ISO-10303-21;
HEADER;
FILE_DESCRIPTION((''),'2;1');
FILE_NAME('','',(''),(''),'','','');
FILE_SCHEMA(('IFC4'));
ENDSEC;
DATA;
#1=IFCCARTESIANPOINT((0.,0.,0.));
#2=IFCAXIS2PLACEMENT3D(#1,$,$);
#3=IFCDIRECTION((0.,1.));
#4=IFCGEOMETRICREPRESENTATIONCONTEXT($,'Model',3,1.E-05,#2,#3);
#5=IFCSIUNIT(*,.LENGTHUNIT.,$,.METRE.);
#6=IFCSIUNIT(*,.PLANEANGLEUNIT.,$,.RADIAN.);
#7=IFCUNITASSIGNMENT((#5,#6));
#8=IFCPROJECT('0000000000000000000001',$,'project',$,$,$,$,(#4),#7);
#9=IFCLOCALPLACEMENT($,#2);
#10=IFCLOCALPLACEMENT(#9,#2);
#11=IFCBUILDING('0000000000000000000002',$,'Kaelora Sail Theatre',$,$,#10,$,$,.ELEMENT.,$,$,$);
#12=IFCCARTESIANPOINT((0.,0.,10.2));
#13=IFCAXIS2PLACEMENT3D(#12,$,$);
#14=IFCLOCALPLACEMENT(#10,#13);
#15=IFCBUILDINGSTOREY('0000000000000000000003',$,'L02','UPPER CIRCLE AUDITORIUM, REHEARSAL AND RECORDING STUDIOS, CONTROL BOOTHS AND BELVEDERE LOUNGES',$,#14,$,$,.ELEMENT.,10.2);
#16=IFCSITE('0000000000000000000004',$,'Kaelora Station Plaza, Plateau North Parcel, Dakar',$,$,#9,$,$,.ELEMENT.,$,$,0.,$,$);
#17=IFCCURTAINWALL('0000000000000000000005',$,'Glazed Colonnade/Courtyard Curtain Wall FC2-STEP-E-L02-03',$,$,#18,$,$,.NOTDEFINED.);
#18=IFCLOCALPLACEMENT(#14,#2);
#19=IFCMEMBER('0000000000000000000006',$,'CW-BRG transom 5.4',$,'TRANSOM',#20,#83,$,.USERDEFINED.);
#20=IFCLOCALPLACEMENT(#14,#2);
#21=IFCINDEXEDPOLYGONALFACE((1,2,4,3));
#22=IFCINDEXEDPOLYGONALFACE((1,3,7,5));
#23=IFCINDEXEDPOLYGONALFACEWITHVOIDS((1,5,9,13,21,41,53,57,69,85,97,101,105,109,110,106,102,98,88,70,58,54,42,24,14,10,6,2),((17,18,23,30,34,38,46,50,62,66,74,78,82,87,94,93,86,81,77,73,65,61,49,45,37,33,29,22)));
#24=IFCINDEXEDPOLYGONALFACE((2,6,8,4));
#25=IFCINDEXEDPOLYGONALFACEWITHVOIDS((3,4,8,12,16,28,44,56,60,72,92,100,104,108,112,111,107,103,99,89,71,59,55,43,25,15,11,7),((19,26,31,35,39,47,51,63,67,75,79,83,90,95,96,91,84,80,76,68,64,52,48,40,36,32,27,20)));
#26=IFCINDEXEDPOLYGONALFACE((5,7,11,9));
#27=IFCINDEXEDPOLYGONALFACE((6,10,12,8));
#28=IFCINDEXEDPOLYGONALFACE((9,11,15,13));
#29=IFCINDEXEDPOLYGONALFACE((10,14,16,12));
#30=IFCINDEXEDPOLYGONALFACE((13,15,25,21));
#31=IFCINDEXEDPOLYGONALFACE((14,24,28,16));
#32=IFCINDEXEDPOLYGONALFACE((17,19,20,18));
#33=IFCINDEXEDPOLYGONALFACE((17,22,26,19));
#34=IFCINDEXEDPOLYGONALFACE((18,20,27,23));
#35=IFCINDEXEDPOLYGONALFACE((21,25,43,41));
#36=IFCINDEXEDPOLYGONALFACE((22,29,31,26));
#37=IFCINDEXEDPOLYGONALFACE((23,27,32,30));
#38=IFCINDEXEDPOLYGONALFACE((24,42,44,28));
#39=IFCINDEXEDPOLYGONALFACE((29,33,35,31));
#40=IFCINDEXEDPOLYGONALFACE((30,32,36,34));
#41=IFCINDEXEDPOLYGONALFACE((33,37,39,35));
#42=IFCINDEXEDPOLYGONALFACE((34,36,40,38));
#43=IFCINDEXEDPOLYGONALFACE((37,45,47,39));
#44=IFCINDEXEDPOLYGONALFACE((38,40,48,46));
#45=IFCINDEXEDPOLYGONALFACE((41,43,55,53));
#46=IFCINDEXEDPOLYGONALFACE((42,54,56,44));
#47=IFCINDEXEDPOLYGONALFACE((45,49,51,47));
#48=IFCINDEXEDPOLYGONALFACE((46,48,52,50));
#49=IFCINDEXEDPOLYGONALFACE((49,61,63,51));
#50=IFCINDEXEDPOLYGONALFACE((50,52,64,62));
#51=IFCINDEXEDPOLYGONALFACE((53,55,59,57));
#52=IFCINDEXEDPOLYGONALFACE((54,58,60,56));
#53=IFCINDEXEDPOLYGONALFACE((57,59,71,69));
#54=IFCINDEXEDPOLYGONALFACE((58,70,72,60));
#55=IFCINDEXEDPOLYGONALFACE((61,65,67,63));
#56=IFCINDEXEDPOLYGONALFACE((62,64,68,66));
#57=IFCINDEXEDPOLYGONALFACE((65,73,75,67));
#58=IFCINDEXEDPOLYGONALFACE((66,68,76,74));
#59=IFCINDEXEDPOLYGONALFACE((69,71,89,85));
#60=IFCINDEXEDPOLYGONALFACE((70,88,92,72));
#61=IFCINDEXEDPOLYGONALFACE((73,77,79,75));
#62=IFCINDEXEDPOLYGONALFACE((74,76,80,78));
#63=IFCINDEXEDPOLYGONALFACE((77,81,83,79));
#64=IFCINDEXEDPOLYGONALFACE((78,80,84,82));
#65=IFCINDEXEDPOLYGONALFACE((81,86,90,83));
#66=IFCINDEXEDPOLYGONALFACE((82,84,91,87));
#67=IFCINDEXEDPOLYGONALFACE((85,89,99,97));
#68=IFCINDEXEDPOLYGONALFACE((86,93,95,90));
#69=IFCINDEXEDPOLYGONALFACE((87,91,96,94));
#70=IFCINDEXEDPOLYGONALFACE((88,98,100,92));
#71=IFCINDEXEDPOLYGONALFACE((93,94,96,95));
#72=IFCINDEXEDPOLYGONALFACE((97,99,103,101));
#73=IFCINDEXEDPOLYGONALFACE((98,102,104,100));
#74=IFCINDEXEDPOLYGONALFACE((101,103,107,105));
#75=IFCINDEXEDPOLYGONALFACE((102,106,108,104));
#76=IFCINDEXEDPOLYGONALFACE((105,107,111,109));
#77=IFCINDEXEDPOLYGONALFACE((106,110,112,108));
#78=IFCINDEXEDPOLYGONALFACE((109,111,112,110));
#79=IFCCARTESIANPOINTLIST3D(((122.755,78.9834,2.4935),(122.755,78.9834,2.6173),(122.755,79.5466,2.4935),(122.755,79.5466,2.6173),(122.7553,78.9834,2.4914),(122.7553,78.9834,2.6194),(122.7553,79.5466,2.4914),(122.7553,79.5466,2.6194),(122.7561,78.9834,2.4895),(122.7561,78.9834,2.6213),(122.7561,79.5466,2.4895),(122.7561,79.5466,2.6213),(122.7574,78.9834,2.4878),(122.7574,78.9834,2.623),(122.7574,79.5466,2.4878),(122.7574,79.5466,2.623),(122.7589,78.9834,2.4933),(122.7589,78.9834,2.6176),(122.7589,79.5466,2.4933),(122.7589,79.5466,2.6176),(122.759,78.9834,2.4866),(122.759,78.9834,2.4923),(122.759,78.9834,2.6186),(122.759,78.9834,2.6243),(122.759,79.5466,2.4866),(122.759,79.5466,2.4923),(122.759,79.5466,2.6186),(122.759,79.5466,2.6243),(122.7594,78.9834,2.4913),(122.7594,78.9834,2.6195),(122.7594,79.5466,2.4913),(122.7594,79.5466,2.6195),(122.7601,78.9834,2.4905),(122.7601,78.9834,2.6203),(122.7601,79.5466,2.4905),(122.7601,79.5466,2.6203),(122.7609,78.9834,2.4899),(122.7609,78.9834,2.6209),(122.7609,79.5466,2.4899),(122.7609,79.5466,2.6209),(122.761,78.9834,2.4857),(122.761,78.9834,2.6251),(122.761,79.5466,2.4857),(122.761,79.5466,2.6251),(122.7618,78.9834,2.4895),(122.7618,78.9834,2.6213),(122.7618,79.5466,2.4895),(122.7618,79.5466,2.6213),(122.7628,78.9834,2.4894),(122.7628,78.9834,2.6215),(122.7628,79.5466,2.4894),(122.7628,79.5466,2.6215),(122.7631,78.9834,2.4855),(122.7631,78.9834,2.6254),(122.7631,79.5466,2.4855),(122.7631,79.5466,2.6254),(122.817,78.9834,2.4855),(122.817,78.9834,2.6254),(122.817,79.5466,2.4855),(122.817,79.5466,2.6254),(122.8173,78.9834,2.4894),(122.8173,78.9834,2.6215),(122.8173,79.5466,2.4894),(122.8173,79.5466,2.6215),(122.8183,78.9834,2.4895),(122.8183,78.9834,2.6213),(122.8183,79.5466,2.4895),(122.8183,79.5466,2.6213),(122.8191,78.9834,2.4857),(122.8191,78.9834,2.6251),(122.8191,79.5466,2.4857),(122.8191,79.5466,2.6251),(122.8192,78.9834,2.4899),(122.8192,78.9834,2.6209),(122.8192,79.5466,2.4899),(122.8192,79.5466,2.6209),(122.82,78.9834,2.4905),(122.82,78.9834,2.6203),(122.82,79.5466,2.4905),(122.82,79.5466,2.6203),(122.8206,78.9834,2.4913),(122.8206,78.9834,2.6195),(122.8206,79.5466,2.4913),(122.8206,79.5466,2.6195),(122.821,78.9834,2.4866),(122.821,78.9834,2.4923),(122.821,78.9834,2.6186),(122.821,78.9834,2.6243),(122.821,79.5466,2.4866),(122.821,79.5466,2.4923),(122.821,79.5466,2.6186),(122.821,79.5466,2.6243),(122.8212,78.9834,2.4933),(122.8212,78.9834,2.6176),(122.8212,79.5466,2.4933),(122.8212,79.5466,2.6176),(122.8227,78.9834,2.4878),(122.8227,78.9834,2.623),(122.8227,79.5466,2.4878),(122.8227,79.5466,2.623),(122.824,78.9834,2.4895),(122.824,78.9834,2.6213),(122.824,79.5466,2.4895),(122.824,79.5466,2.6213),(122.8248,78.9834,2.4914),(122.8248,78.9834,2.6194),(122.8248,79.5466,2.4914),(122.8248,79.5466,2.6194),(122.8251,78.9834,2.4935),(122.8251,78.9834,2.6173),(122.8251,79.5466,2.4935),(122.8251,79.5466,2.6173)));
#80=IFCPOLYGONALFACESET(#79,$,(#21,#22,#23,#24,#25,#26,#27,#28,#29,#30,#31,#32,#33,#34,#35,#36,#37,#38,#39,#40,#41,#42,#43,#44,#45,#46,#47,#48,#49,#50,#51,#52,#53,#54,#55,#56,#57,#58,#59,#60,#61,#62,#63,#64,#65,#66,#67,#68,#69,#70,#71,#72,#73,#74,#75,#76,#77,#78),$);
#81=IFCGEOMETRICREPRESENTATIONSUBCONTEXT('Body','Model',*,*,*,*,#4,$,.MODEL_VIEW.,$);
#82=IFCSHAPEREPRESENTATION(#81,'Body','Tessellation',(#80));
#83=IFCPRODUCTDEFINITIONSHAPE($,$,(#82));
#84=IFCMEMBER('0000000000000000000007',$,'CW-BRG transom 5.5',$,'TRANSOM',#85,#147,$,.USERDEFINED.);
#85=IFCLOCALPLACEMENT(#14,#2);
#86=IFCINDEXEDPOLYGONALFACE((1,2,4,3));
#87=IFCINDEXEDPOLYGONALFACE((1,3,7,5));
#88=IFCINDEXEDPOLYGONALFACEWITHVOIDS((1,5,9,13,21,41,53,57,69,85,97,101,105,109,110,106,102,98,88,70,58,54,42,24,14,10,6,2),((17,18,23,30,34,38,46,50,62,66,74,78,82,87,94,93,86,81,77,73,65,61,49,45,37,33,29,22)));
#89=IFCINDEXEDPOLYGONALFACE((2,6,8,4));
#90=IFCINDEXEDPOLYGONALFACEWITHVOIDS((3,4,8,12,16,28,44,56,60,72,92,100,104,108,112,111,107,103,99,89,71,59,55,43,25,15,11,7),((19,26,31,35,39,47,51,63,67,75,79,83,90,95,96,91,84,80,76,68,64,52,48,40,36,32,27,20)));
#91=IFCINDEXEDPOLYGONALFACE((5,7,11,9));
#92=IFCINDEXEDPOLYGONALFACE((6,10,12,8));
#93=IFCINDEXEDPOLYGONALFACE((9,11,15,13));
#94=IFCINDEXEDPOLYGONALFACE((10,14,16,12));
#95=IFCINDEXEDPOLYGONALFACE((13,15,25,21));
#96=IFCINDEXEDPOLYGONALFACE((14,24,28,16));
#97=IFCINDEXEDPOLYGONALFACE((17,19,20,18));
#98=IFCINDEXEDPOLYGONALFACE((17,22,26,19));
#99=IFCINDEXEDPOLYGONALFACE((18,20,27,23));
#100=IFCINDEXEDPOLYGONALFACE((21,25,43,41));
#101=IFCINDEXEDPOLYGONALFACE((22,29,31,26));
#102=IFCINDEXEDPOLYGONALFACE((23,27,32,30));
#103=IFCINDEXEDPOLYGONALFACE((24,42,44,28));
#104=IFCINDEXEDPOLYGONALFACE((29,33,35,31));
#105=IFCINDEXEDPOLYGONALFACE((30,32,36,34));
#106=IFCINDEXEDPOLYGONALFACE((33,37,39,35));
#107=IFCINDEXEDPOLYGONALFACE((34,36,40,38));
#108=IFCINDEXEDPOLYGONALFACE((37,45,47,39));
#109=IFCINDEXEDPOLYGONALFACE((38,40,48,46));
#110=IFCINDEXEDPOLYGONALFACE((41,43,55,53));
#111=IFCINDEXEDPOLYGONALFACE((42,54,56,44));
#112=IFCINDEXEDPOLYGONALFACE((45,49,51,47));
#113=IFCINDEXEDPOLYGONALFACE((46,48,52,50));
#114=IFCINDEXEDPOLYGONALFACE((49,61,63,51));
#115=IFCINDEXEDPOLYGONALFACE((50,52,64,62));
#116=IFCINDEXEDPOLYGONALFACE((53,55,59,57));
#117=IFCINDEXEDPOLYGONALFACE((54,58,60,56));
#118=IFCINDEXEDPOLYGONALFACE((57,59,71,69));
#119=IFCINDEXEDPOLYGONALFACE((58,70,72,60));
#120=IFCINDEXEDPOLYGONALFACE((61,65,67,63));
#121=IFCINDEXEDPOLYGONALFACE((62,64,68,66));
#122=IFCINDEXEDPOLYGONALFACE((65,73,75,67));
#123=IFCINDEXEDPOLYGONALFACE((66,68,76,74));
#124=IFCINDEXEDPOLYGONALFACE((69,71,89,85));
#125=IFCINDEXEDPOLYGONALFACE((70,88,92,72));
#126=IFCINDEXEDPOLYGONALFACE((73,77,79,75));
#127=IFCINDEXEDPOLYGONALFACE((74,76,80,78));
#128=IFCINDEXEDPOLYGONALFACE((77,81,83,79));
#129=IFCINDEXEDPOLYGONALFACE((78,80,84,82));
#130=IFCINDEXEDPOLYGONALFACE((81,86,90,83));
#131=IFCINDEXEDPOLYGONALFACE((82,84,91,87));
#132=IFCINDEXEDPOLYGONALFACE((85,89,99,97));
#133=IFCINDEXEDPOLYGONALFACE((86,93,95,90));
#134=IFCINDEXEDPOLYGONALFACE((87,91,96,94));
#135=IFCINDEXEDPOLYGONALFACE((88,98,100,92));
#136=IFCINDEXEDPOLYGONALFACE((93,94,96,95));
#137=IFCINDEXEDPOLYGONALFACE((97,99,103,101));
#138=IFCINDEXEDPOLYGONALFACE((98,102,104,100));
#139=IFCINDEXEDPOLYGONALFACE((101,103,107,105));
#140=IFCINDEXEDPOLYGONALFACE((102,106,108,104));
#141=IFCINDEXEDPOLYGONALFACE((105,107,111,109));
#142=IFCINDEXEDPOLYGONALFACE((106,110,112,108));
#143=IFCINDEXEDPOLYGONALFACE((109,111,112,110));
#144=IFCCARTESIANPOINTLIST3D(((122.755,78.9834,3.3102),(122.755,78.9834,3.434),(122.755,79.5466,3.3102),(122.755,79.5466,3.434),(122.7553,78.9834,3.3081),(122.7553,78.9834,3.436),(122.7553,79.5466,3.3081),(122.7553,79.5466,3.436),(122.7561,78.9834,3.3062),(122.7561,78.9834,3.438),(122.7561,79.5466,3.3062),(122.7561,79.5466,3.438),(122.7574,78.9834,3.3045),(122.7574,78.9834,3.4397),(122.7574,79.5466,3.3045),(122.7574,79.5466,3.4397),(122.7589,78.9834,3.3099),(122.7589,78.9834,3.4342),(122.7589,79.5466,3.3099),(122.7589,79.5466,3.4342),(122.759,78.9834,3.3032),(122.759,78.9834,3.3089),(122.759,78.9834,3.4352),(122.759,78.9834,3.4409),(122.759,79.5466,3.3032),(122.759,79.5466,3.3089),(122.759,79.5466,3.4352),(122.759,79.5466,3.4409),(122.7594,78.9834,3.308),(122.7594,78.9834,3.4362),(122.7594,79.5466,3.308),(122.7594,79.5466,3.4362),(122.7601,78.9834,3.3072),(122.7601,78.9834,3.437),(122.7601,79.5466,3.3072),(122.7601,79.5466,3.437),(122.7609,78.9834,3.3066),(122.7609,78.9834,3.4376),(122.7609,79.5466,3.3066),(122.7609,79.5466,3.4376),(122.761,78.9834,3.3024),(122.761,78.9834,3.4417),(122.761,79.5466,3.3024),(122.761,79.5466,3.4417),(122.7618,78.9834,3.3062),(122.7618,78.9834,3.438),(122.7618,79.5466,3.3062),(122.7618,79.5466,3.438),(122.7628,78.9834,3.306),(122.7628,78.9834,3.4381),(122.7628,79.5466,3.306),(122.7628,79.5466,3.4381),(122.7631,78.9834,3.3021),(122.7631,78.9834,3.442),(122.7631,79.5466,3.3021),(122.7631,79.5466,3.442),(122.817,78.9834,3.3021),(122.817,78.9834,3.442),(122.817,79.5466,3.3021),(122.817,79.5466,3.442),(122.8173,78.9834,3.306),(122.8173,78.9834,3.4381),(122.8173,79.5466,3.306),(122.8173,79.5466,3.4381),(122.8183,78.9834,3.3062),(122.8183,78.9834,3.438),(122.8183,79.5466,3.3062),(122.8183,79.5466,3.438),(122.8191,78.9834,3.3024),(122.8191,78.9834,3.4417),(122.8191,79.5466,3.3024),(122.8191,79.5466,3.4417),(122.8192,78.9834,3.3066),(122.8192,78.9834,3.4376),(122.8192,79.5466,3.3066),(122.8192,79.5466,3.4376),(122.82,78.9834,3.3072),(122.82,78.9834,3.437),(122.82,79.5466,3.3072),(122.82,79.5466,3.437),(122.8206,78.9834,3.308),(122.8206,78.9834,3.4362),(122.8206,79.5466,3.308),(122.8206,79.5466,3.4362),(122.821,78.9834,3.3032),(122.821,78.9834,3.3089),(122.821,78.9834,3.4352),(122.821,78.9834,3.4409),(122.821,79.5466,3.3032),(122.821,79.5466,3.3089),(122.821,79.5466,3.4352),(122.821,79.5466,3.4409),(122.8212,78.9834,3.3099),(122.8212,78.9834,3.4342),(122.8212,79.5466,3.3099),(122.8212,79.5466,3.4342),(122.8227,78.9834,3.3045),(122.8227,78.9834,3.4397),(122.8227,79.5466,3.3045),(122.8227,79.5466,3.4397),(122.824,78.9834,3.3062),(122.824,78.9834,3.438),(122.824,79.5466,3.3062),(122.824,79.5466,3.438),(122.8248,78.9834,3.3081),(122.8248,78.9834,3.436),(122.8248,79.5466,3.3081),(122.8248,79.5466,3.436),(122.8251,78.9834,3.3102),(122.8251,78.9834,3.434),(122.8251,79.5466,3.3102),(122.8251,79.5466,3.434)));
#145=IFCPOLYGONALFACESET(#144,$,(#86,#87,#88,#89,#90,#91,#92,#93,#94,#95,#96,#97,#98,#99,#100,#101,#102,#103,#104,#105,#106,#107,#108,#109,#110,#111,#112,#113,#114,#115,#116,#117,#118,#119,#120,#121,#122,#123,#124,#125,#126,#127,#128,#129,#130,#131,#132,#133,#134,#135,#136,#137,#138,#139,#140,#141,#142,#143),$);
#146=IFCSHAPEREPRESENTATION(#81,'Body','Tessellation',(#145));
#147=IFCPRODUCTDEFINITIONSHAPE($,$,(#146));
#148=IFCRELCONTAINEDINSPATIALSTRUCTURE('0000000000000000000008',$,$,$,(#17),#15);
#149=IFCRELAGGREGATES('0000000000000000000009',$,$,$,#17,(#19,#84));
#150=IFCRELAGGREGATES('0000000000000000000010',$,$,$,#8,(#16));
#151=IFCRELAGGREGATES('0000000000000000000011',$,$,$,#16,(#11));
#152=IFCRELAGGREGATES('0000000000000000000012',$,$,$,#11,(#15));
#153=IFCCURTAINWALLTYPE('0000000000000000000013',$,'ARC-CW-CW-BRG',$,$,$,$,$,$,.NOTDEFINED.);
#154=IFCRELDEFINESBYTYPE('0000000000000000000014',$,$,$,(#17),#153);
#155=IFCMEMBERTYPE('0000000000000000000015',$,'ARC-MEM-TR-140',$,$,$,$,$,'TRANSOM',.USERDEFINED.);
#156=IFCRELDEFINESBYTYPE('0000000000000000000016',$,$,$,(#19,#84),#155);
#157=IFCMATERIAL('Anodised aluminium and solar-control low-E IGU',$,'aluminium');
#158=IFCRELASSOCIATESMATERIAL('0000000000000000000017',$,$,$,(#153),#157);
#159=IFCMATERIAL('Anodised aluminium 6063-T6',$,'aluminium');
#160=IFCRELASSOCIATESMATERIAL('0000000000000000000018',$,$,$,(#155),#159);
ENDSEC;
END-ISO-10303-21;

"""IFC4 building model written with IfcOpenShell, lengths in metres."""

from ifc_helpers import new_model, si_unit, direction, frame, origin, origin_2d, place, context, subcontext, project, spatial, hollow_rectangle, extrude, material, material_profile, profile_set, type_object, element, aggregate, save


model = new_model("IFC4")

# Units and contexts
model_context = context("Model", 3, precision=1e-05, world=origin(), true_north=direction((0.0, 1.0)))
body_context = subcontext(model_context, "Body", "Model", "MODEL_VIEW")
ifc_project = project(units=[si_unit("LENGTHUNIT", "METRE"), si_unit("PLANEANGLEUNIT", "RADIAN")], contexts=[model_context])

# Site, building, storey
site_placement = place(None, origin())
site = spatial("IfcSite", under=ifc_project, at=site_placement, Name="Kaelora Station Plaza, Plateau North Parcel, Dakar", CompositionType="ELEMENT", RefElevation=0.0)
building_placement = place(site_placement, origin())
building = spatial("IfcBuilding", under=site, at=building_placement, Name="Kaelora Sail Theatre", CompositionType="ELEMENT")
storey_placement = place(building_placement, frame((0.0, 0.0, 10.2)))
storey = spatial("IfcBuildingStorey", under=building, at=storey_placement, Name="L02", Description="UPPER CIRCLE AUDITORIUM, REHEARSAL AND RECORDING STUDIOS, CONTROL BOOTHS AND BELVEDERE LOUNGES", CompositionType="ELEMENT", Elevation=10.2)

# Curtain wall
ifc_material_1 = material(Name="Anodised aluminium and solar-control low-E IGU", Category="aluminium")
curtain_wall_type = type_object("IfcCurtainWallType", Name="ARC-CW-CW-BRG", PredefinedType="NOTDEFINED", material=ifc_material_1)
curtain_wall_1_placement = place(storey_placement, origin())
curtain_wall_1 = element("IfcCurtainWall", 1, at=curtain_wall_1_placement, inside=storey, type_object=curtain_wall_type, Name="Glazed Colonnade/Courtyard Curtain Wall FC2-STEP-E-L02-03", PredefinedType="NOTDEFINED")

# Members
ifc_material_2 = material(Name="Anodised aluminium 6063-T6", Category="aluminium")
ifc_material_profile_1 = material_profile(ifc_material_2, hollow_rectangle(XDim=0.0701, YDim=0.1399, WallThickness=0.0039, InnerFilletRadius=0.0039, OuterFilletRadius=0.0081, at=origin_2d()), Name="ALU-TRAN 70x140x4")
ifc_profile_set_1 = profile_set([ifc_material_profile_1], Name="Anodised aluminium 6063-T6")
member_type_1 = type_object("IfcMemberType", Name="ARC-MEM-TR-140", ElementType="TRANSOM", PredefinedType="USERDEFINED", material=ifc_profile_set_1)
member_1_placement = place(storey_placement, frame((122.79, 78.9834, 2.5554), z_axis=(0.0, 1.0, 0.0), x_axis=(-1.0, 0.0, 0.0)))
member_1 = element("IfcMember", 2, at=member_1_placement, type_object=member_type_1, Name="CW-BRG transom 5.4", ObjectType="TRANSOM", PredefinedType="USERDEFINED", context=body_context, shape_type="SweptSolid", body=[
    extrude(hollow_rectangle(XDim=0.0701, YDim=0.1399, WallThickness=0.0039, InnerFilletRadius=0.0039, OuterFilletRadius=0.0081, at=origin_2d()), origin(), (0.0, 0.0, 1.0), 0.5632),
])
member_2_placement = place(storey_placement, frame((122.79, 78.9834, 3.3721), z_axis=(0.0, 1.0, 0.0), x_axis=(-1.0, 0.0, 0.0)))
member_2 = element("IfcMember", 3, at=member_2_placement, type_object=member_type_1, Name="CW-BRG transom 5.5", ObjectType="TRANSOM", PredefinedType="USERDEFINED", context=body_context, shape_type="SweptSolid", body=[
    extrude(hollow_rectangle(XDim=0.0701, YDim=0.1399, WallThickness=0.0039, InnerFilletRadius=0.0039, OuterFilletRadius=0.0081, at=origin_2d()), origin(), (0.0, 0.0, 1.0), 0.5632),
])

aggregate(curtain_wall_1, [member_1, member_2])

save(model, "model.ifc")
